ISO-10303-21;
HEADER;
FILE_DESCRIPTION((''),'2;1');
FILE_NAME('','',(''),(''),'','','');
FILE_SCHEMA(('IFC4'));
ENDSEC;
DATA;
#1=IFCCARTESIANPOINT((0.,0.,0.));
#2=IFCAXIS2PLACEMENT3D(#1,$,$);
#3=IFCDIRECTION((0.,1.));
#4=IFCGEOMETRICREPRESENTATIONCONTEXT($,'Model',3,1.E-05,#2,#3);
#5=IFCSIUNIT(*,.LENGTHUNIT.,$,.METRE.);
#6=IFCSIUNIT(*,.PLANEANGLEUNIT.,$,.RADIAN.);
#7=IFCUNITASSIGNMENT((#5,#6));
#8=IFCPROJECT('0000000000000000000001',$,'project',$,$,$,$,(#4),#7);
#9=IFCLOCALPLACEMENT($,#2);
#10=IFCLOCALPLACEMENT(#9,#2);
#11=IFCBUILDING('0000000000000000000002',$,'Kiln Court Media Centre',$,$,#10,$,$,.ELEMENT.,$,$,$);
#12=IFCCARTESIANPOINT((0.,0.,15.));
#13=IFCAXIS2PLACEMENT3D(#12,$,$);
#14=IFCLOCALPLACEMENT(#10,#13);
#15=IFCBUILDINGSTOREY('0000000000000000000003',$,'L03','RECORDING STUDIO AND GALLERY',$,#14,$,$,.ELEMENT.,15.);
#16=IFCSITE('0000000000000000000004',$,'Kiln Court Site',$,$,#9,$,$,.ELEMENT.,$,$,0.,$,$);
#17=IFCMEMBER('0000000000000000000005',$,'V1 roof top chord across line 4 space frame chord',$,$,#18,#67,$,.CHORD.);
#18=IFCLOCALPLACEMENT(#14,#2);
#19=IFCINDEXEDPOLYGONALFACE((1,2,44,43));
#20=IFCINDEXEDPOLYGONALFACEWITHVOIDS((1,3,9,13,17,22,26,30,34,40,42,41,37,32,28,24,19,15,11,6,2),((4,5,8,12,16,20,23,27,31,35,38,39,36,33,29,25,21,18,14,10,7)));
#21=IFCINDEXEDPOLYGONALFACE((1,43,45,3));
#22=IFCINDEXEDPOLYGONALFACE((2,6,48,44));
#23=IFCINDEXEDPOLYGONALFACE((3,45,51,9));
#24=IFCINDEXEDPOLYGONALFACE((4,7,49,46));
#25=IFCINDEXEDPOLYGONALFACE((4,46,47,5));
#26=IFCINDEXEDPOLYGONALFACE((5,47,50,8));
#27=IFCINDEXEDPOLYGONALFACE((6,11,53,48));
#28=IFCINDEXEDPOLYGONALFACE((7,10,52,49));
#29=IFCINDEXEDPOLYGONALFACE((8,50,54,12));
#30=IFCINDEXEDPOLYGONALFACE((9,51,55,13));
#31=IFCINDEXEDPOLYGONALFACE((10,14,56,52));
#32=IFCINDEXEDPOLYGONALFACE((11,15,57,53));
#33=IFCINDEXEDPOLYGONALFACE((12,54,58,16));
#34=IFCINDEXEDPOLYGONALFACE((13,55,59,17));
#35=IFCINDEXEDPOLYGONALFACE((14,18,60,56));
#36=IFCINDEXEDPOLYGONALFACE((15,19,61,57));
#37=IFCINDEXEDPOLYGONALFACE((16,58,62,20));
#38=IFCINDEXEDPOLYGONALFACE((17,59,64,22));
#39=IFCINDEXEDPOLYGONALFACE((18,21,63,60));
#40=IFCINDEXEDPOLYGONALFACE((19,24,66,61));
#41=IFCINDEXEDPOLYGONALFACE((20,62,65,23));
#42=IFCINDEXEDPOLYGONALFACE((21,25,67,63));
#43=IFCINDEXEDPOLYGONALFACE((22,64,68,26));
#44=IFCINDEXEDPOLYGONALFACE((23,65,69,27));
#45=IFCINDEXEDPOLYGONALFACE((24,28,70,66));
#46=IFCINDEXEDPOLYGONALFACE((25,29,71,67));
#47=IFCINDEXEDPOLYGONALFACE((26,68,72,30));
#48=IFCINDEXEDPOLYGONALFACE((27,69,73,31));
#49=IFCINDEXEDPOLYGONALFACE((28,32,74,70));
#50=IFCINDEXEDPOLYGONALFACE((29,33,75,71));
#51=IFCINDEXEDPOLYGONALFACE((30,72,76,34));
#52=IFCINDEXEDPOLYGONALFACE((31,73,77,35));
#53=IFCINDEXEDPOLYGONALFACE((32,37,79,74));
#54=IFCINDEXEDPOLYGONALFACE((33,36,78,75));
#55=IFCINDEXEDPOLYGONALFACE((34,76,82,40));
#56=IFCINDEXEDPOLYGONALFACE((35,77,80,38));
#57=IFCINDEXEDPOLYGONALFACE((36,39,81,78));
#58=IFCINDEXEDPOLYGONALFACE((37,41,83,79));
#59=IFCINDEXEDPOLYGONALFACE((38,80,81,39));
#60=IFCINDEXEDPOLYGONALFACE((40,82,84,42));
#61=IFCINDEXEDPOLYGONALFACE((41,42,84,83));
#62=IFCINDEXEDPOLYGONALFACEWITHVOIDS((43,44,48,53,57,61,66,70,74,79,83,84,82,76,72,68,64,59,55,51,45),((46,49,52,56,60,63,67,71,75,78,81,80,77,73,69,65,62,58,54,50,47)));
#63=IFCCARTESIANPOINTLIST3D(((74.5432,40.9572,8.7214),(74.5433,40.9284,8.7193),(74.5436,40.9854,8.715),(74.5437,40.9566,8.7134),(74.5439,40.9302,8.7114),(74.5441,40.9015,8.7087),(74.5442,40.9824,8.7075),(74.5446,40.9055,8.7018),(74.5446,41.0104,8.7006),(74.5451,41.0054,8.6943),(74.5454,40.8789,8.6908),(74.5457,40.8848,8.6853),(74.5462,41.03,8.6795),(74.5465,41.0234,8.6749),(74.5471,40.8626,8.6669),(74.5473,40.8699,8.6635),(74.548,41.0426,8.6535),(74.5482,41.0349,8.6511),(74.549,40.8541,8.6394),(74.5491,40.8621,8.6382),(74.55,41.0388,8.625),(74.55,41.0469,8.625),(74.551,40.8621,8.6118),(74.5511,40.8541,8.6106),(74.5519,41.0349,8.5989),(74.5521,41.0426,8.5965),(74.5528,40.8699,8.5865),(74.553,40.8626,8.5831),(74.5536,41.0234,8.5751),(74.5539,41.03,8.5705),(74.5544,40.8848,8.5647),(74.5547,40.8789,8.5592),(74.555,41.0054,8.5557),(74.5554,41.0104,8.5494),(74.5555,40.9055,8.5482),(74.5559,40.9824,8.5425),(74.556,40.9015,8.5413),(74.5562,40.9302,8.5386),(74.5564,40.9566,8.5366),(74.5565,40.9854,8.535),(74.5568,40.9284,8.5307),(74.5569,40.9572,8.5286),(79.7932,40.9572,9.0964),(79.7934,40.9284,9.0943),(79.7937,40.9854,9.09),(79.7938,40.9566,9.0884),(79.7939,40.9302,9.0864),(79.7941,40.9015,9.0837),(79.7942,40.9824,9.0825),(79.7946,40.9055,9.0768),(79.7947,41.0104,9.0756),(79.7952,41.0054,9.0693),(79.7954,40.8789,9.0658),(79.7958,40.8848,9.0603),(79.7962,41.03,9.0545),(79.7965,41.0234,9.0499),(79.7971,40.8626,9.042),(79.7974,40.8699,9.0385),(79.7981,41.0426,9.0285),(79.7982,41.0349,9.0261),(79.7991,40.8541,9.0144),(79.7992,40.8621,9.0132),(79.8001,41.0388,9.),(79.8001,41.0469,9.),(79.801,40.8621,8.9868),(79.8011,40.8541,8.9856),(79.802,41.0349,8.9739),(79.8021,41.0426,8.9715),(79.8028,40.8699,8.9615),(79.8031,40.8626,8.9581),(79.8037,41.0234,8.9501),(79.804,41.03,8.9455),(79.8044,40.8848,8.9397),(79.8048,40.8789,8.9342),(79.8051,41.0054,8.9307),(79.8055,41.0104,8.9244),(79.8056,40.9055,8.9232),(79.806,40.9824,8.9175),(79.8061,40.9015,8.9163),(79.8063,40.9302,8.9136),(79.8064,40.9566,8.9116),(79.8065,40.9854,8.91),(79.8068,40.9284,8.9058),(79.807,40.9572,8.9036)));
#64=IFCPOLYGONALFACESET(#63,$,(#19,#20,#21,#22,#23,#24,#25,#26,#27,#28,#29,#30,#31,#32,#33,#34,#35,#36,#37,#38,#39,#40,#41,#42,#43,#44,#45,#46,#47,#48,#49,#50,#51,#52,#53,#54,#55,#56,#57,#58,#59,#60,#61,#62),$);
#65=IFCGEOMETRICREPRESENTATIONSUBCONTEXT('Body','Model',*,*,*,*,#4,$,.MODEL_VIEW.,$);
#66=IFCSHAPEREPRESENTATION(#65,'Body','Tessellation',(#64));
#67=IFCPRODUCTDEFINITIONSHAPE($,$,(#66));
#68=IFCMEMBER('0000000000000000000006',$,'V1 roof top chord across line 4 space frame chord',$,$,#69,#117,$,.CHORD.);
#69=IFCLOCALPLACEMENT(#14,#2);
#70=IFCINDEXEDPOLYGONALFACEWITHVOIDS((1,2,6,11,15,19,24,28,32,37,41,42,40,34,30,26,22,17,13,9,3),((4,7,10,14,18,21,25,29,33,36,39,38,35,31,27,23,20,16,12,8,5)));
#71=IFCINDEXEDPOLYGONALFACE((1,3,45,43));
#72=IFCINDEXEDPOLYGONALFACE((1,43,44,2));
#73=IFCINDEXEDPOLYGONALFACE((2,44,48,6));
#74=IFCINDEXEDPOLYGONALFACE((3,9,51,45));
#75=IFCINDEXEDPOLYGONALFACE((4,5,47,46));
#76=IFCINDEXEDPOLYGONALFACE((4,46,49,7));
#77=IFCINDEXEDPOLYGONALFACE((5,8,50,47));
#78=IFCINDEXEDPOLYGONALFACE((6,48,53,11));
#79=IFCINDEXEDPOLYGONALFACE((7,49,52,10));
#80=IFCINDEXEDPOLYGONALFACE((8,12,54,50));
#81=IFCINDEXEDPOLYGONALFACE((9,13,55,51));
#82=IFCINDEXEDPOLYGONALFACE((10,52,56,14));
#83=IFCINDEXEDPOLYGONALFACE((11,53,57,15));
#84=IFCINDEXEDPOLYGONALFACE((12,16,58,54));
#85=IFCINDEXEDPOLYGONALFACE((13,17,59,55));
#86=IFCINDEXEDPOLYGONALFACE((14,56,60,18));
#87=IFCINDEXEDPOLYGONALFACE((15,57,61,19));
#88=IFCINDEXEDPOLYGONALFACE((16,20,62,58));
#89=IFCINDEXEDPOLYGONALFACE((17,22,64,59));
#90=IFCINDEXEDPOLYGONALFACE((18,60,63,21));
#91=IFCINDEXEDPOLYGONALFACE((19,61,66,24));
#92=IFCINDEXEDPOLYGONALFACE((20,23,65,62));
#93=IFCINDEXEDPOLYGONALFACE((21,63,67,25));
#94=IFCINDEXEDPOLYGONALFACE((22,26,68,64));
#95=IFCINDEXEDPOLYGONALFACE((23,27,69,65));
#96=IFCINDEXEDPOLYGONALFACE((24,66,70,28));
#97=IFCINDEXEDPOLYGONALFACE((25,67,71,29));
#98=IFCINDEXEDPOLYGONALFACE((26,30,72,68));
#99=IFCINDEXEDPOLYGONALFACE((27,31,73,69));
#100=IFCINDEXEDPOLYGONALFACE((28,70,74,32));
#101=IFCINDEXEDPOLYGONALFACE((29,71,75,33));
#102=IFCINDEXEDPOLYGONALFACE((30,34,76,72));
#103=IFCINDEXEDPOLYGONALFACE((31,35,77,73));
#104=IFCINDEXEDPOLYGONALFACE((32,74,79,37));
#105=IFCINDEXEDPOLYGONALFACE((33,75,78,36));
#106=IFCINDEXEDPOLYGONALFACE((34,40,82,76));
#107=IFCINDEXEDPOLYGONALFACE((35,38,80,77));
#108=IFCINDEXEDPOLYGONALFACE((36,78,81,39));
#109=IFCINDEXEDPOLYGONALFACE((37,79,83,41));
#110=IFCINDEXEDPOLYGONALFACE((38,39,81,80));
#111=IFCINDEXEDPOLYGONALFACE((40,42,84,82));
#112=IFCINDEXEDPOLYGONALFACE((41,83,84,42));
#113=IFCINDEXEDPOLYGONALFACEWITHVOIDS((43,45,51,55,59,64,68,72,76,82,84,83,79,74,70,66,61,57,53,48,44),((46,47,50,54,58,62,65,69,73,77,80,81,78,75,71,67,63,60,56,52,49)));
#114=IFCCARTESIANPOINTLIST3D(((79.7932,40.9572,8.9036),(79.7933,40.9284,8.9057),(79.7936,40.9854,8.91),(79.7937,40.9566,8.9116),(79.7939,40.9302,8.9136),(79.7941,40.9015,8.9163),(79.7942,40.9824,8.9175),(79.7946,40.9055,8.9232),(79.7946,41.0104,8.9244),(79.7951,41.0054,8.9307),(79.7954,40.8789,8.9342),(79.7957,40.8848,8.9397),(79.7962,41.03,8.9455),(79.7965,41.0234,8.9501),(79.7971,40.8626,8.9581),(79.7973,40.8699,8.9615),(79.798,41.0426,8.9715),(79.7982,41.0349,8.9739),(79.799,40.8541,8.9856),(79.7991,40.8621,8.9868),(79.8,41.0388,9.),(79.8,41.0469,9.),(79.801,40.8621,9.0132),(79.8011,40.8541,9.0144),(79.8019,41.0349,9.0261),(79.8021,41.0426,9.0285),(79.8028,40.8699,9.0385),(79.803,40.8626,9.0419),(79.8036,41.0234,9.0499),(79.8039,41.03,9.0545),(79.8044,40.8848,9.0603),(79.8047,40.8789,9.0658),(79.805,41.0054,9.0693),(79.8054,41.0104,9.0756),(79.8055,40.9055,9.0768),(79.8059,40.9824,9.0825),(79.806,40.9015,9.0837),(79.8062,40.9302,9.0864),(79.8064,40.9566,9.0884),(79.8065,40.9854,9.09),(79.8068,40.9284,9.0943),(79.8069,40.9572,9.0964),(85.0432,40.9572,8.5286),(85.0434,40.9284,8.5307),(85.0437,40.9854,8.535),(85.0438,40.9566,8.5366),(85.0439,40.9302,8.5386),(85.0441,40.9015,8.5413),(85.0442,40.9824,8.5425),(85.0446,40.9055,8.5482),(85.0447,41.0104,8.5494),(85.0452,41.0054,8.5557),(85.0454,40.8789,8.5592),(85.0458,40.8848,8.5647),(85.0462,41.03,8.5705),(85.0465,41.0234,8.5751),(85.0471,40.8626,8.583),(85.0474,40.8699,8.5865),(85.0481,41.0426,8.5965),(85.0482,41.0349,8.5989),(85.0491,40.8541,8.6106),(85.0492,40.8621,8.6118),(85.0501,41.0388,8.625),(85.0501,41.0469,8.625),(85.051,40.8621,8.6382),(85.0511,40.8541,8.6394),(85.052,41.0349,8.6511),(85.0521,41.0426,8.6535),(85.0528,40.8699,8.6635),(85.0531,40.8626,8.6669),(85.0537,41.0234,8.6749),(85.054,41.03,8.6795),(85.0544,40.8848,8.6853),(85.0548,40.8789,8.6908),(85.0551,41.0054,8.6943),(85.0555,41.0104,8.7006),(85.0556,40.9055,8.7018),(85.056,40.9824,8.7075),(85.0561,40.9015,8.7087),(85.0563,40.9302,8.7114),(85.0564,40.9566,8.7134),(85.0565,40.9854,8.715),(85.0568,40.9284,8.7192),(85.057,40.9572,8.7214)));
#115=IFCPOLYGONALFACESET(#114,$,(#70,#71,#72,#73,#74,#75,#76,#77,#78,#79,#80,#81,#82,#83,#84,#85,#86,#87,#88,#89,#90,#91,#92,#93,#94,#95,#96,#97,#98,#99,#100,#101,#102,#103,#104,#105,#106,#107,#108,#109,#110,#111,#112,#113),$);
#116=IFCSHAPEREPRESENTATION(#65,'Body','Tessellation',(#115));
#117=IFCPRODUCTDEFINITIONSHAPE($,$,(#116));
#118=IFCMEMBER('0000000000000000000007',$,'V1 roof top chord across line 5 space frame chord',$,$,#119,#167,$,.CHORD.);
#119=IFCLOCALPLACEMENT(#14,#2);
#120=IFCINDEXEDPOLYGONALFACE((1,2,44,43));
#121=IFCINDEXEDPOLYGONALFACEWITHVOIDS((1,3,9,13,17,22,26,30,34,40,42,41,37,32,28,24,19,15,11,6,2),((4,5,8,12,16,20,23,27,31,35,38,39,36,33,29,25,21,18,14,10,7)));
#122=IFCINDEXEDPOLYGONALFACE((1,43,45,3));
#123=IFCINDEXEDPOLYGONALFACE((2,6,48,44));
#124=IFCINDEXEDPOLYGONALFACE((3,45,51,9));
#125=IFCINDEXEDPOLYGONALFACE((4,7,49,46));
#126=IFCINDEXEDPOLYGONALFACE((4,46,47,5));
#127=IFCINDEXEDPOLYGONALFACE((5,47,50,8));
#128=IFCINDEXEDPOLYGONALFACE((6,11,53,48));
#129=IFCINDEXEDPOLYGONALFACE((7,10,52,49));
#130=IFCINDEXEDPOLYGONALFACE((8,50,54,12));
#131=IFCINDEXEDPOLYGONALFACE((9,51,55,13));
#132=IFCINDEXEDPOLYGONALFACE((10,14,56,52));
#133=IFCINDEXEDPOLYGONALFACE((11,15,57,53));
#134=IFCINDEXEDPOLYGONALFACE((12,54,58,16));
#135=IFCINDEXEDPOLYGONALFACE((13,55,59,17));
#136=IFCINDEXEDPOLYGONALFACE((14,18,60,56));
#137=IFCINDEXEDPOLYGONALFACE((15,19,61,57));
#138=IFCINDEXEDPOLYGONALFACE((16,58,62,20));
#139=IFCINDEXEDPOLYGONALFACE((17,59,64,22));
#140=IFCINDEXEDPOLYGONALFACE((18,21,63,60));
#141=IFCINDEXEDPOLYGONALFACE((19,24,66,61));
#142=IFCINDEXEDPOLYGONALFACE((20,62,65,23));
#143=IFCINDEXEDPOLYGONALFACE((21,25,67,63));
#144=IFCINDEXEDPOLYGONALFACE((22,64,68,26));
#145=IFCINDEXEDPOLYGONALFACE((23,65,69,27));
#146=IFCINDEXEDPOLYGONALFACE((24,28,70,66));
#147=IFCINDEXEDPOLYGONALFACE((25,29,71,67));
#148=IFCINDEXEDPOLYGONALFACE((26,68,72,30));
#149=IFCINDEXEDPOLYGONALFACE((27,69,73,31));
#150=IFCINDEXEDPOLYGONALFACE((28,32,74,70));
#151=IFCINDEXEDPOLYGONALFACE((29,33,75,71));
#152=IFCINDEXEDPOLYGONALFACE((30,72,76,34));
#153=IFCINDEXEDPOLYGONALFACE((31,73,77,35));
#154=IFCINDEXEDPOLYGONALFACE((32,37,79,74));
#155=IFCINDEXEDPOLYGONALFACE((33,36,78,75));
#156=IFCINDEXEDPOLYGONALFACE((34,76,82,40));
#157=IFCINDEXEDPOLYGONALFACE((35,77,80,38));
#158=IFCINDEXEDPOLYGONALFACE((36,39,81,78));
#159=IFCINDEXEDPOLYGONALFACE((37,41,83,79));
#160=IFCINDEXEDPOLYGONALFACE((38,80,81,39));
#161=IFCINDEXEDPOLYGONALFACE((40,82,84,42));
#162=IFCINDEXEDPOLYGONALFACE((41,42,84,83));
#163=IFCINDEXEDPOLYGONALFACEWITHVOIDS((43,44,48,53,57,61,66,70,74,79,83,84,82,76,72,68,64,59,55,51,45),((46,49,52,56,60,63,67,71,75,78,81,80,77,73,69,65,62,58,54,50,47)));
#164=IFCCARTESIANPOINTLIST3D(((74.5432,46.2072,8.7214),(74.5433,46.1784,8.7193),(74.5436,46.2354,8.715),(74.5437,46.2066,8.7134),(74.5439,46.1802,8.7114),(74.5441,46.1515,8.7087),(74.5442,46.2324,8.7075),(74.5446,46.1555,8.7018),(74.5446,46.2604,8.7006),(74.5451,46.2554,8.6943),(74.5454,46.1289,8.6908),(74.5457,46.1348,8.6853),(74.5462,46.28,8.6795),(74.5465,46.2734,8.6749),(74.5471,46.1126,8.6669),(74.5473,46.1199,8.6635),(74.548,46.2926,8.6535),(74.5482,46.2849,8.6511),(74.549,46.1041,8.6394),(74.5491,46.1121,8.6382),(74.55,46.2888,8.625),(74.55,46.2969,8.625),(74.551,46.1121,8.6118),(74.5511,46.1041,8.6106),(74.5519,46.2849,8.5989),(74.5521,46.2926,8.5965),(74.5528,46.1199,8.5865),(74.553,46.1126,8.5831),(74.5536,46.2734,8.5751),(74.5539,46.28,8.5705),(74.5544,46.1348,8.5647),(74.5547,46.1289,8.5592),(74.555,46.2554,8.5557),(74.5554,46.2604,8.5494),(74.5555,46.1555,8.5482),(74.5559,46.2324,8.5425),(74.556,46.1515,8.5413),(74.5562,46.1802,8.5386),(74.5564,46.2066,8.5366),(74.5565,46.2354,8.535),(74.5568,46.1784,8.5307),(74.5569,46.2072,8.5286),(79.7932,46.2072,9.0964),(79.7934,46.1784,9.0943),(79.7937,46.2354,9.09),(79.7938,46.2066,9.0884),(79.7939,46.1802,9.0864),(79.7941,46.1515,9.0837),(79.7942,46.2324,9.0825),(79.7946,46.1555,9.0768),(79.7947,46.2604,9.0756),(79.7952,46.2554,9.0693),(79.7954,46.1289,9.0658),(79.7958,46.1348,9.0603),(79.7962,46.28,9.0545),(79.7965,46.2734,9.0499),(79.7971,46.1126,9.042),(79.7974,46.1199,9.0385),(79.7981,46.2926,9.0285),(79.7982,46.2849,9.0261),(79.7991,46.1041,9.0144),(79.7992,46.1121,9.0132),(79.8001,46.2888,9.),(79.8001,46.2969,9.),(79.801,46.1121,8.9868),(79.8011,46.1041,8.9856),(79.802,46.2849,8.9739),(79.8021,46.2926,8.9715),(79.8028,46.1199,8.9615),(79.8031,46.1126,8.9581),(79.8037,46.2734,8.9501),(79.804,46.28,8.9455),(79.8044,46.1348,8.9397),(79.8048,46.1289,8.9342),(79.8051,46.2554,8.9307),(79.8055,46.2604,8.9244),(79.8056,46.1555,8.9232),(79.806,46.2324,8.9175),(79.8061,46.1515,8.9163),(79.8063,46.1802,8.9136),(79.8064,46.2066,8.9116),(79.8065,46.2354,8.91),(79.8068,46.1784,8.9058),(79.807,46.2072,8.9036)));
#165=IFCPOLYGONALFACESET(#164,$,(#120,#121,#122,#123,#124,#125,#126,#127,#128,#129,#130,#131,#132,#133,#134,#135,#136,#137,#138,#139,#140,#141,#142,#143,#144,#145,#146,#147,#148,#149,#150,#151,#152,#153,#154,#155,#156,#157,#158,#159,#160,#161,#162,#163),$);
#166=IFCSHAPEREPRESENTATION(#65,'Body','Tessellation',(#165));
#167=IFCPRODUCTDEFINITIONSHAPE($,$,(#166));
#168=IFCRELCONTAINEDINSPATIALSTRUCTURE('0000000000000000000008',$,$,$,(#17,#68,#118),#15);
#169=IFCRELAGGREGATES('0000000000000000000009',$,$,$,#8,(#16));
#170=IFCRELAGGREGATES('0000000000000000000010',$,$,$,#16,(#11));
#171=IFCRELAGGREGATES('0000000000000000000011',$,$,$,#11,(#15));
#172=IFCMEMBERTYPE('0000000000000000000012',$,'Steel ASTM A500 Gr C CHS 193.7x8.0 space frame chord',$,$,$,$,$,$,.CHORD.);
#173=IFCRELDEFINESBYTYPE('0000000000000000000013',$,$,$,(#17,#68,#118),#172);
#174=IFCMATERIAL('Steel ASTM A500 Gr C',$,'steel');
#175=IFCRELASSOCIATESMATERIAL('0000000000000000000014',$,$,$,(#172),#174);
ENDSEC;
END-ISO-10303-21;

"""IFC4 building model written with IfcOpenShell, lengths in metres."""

from ifc_helpers import new_model, si_unit, direction, frame, origin, origin_2d, place, context, subcontext, project, spatial, hollow_circle, extrude, material, material_profile, profile_set, type_object, element, save


model = new_model("IFC4")

# Units and contexts
model_context = context("Model", 3, precision=1e-05, world=origin(), true_north=direction((0.0, 1.0)))
body_context = subcontext(model_context, "Body", "Model", "MODEL_VIEW")
ifc_project = project(units=[si_unit("LENGTHUNIT", "METRE"), si_unit("PLANEANGLEUNIT", "RADIAN")], contexts=[model_context])

# Site, building, storey
site_placement = place(None, origin())
site = spatial("IfcSite", under=ifc_project, at=site_placement, Name="Kiln Court Site", CompositionType="ELEMENT", RefElevation=0.0)
building_placement = place(site_placement, origin())
building = spatial("IfcBuilding", under=site, at=building_placement, Name="Kiln Court Media Centre", CompositionType="ELEMENT")
storey_placement = place(building_placement, frame((0.0, 0.0, 15.0)))
storey = spatial("IfcBuildingStorey", under=building, at=storey_placement, Name="L03", Description="RECORDING STUDIO AND GALLERY", CompositionType="ELEMENT", Elevation=15.0)

# Members
ifc_material_1 = material(Name="Steel ASTM A500 Gr C", Category="steel")
ifc_material_profile_1 = material_profile(ifc_material_1, hollow_circle(Radius=0.0969, WallThickness=0.0081, at=origin_2d()), Name="CHS 193.7x8.0")
ifc_profile_set_1 = profile_set([ifc_material_profile_1], Name="Steel ASTM A500 Gr C")
member_type_1 = type_object("IfcMemberType", Name="Steel ASTM A500 Gr C CHS 193.7x8.0 space frame chord", PredefinedType="CHORD", material=ifc_profile_set_1)
for number, where, z_axis, x_axis, name in (
    (1, (74.55, 40.95, 8.625), (0.997459, 0.0, 0.071247), (0.0, 1.0, 0.0), "V1 roof top chord across line 4 space frame chord"),
    (2, (79.8, 40.95, 9.0), (0.997459, 0.0, -0.071247), (0.0, 1.0, 0.0), "V1 roof top chord across line 4 space frame chord"),
    (3, (74.55, 46.2, 8.625), (0.997459, 0.0, 0.071247), (0.0, 1.0, 0.0), "V1 roof top chord across line 5 space frame chord"),
):
    element("IfcMember", number, at=place(storey_placement, frame(where, z_axis=z_axis, x_axis=x_axis)), inside=storey, type_object=member_type_1, Name=name, PredefinedType="CHORD", context=body_context, shape_type="SweptSolid", body=[
        extrude(hollow_circle(Radius=0.0969, WallThickness=0.0081, at=origin_2d()), origin(), (0.0, 0.0, 1.0), 5.2634),
    ])

save(model, "model.ifc")
